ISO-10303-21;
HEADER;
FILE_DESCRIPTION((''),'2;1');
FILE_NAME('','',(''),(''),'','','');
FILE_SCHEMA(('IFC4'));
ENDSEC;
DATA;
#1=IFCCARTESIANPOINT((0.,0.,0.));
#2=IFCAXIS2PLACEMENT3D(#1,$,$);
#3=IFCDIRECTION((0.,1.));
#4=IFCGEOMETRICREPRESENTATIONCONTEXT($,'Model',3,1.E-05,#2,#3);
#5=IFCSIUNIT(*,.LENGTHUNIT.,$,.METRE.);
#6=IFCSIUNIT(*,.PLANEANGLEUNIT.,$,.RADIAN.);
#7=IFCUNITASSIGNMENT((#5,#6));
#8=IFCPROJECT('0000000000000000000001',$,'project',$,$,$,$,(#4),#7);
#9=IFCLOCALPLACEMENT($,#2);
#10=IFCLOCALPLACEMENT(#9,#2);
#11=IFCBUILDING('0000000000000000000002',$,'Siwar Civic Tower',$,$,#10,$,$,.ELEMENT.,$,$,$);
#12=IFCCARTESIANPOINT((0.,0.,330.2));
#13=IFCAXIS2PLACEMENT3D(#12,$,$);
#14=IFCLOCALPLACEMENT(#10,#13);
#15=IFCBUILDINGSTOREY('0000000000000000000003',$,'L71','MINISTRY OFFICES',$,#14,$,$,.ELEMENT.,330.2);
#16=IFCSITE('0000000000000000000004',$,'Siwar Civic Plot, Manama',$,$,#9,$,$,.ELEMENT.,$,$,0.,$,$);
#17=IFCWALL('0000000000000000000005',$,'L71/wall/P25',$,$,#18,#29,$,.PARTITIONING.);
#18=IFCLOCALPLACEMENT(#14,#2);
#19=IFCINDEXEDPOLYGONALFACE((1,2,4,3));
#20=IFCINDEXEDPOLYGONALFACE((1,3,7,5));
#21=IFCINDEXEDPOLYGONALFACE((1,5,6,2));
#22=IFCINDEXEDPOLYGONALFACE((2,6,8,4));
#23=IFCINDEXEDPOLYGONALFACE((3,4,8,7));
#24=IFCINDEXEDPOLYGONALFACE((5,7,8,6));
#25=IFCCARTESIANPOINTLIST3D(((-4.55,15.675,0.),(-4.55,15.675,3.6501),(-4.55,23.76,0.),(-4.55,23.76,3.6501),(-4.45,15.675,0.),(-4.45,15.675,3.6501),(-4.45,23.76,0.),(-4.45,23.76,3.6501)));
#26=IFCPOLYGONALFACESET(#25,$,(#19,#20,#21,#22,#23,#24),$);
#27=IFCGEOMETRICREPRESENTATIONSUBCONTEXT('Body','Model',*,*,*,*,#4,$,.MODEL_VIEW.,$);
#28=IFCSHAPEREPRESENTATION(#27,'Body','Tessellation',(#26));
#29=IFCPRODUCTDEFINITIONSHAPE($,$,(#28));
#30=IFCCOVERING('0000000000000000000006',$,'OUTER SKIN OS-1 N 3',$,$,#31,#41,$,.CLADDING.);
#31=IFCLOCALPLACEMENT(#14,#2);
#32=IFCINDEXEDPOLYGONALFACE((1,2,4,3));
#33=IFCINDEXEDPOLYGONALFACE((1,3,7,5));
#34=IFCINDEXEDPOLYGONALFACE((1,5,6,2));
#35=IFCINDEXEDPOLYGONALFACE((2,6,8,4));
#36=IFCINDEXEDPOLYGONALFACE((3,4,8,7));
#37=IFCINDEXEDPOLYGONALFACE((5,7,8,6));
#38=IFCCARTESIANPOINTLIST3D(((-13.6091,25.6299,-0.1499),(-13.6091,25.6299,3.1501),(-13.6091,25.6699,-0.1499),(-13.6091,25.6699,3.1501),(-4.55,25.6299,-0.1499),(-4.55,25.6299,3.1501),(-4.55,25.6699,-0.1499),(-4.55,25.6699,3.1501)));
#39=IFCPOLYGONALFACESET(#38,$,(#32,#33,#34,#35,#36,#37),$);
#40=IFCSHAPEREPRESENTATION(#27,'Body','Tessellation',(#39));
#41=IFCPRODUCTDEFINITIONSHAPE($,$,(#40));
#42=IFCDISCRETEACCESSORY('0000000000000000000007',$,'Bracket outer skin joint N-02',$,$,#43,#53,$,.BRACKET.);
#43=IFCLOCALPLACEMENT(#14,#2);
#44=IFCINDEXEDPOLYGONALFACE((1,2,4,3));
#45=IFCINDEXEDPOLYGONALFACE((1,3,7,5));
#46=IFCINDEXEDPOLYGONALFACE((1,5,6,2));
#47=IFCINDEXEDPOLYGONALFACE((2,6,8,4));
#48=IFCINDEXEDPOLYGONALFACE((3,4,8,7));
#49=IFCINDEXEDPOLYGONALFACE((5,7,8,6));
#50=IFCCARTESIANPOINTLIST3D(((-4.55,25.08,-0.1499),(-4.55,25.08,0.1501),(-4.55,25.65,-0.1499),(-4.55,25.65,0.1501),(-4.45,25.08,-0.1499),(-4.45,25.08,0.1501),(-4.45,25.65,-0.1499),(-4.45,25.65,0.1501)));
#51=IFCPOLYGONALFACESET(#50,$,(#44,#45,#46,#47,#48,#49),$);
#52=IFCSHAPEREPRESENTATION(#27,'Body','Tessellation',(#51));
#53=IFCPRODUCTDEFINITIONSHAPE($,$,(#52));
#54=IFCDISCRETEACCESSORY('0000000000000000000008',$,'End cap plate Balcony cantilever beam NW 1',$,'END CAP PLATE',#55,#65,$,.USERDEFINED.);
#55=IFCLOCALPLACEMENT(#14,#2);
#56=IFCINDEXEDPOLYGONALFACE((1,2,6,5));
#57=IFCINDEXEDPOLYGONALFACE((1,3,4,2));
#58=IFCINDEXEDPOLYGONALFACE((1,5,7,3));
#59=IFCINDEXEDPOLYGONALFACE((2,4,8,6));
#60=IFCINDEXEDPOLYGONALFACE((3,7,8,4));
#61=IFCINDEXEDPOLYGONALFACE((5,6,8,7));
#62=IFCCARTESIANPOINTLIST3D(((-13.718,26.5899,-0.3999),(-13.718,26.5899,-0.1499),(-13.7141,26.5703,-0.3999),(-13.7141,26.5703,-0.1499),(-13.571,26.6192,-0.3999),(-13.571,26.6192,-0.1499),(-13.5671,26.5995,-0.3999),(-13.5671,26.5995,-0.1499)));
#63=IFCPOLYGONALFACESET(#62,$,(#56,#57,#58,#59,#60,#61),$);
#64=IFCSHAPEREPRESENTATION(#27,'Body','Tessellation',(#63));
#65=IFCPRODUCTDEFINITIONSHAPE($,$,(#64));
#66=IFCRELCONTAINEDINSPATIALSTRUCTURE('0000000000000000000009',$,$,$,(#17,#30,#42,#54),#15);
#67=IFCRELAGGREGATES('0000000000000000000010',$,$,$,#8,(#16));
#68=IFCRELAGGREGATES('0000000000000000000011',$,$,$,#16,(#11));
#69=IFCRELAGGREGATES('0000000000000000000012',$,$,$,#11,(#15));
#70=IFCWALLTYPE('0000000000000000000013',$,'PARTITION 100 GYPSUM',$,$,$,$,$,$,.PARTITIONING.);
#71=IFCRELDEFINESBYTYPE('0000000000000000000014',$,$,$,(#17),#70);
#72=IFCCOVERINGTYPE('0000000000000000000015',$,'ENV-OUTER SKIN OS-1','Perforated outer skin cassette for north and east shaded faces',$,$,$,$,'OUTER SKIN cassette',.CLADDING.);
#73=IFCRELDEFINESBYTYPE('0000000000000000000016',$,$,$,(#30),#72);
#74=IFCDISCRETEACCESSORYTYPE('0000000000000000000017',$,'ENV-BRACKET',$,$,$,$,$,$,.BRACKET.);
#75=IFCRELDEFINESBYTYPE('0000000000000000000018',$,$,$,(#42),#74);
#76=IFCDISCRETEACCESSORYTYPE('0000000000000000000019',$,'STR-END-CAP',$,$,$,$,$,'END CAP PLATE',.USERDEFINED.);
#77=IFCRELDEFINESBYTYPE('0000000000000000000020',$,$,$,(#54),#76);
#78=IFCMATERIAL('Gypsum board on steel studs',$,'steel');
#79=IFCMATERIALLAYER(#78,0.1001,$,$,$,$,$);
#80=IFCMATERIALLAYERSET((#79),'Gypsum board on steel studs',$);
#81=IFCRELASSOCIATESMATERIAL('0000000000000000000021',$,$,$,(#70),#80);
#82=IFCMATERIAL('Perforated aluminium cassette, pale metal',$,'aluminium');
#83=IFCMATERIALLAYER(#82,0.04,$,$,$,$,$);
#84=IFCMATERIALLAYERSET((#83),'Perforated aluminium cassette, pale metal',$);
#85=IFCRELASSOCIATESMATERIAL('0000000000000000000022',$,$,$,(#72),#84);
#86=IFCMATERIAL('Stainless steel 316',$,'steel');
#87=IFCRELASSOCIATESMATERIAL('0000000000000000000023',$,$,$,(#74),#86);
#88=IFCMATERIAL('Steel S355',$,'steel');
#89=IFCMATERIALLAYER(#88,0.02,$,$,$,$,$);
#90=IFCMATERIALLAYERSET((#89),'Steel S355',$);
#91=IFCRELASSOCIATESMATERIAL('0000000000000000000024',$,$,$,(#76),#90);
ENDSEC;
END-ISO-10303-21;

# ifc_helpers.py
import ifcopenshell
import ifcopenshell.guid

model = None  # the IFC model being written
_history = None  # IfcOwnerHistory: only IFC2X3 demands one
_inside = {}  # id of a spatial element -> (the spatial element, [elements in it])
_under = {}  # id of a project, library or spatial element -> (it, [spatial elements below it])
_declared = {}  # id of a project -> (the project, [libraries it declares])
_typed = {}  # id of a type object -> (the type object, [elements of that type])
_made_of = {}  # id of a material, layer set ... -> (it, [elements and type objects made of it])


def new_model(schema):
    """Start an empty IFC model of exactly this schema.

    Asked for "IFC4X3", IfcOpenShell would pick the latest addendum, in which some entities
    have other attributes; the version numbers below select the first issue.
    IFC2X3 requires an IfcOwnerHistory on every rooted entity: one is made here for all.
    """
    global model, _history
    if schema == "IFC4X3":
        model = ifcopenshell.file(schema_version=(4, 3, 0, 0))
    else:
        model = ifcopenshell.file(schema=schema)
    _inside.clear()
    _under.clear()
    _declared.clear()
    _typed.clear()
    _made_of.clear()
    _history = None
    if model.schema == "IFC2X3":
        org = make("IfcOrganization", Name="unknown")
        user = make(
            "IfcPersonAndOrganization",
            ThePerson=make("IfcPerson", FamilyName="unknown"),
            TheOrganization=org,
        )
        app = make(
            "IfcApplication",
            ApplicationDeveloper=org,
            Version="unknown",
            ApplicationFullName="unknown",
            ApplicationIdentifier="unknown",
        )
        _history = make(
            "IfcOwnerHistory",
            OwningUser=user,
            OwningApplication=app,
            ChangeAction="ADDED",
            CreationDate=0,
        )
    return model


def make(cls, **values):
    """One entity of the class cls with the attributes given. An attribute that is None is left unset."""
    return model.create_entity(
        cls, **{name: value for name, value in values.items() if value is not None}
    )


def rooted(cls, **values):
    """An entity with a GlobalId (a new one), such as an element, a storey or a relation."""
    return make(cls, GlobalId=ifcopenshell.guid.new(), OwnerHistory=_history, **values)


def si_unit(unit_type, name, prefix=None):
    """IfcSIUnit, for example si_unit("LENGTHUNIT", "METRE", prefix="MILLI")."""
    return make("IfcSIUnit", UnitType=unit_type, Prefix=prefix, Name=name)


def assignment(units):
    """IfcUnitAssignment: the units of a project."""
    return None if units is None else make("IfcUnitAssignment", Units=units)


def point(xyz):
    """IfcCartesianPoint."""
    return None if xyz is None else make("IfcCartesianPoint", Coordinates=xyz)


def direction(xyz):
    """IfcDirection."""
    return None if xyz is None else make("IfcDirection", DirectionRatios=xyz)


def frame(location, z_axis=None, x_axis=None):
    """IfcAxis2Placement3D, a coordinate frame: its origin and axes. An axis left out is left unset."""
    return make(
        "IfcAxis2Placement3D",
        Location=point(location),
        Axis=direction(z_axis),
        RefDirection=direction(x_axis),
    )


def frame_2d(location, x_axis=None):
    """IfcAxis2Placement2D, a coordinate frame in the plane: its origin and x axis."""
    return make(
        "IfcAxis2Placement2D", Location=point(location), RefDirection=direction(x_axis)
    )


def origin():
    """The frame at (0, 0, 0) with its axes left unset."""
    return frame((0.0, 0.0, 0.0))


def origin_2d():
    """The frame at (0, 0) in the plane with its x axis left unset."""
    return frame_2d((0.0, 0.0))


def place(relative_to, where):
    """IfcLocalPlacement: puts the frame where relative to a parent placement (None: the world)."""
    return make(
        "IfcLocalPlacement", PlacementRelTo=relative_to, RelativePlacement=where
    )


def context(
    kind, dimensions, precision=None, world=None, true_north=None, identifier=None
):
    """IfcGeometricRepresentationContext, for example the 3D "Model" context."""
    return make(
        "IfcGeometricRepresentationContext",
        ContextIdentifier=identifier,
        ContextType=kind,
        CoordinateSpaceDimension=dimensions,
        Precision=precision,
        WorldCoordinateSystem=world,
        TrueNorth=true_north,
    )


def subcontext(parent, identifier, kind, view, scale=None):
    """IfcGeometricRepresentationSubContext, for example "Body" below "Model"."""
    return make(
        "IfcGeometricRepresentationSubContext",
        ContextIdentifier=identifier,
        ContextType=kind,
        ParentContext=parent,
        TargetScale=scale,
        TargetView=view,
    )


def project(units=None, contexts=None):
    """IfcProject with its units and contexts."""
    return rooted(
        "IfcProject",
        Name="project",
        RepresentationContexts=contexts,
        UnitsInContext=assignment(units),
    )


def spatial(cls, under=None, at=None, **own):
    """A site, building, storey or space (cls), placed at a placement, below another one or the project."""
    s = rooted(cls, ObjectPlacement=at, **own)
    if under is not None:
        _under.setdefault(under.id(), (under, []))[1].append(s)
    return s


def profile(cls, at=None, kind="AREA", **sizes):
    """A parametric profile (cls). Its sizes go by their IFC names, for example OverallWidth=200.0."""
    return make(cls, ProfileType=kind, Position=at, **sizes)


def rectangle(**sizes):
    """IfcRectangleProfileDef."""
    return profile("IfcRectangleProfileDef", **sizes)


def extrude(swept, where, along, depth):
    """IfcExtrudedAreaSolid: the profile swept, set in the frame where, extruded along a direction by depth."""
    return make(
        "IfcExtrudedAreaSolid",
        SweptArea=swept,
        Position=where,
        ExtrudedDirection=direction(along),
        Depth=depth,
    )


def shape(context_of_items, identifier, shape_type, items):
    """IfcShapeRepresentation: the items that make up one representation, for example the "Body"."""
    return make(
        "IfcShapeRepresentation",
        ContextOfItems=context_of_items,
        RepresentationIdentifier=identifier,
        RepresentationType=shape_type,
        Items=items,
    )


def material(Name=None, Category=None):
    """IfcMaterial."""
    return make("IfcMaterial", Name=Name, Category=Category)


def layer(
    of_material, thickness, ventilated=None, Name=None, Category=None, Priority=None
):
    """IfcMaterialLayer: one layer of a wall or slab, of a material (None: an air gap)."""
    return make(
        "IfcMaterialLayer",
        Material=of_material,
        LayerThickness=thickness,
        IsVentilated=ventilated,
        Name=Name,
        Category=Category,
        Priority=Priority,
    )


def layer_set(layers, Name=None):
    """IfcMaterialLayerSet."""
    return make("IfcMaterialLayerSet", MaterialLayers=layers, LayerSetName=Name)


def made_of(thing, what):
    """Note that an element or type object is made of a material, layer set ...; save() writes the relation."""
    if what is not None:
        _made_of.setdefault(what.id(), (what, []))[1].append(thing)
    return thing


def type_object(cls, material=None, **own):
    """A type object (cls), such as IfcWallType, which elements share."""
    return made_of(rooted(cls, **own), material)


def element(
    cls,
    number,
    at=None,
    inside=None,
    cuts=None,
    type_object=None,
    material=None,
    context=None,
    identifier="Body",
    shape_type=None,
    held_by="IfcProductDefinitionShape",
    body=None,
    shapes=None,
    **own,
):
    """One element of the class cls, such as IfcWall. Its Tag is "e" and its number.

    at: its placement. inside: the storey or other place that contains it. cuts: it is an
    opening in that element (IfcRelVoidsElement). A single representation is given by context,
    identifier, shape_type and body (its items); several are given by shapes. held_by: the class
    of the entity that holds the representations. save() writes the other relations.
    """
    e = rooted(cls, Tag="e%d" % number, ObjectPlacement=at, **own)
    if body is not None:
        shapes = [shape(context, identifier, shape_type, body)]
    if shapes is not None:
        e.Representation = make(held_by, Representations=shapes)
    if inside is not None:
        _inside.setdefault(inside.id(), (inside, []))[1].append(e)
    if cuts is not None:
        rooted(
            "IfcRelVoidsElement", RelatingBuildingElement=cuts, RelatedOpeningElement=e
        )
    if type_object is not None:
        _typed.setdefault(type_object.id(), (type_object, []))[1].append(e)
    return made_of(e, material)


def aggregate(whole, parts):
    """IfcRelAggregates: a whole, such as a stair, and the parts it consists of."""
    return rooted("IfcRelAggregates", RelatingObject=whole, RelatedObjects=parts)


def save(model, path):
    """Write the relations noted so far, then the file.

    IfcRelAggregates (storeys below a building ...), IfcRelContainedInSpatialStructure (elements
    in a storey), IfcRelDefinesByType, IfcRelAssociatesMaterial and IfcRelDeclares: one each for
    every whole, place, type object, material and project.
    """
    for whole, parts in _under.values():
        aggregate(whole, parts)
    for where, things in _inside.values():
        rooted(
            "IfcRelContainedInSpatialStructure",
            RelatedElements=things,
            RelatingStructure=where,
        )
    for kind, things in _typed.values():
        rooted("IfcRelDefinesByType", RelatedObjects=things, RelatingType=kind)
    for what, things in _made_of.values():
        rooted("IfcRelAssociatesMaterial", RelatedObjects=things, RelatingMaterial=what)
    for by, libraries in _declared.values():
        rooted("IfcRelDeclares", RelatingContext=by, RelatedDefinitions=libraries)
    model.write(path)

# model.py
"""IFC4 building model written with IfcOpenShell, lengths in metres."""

from ifc_helpers import new_model, si_unit, direction, frame, frame_2d, origin, origin_2d, place, context, subcontext, project, spatial, rectangle, extrude, material, layer, layer_set, type_object, element, save


model = new_model("IFC4")

# Units and contexts
model_context = context("Model", 3, precision=1e-05, world=origin(), true_north=direction((0.0, 1.0)))
body_context = subcontext(model_context, "Body", "Model", "MODEL_VIEW")
ifc_project = project(units=[si_unit("LENGTHUNIT", "METRE"), si_unit("PLANEANGLEUNIT", "RADIAN")], contexts=[model_context])

# Site, building, storey
site_placement = place(None, origin())
site = spatial("IfcSite", under=ifc_project, at=site_placement, Name="Siwar Civic Plot, Manama", CompositionType="ELEMENT", RefElevation=0.0)
building_placement = place(site_placement, origin())
building = spatial("IfcBuilding", under=site, at=building_placement, Name="Siwar Civic Tower", CompositionType="ELEMENT")
storey_placement = place(building_placement, frame((0.0, 0.0, 330.2)))
storey = spatial("IfcBuildingStorey", under=building, at=storey_placement, Name="L71", Description="MINISTRY OFFICES", CompositionType="ELEMENT", Elevation=330.2)

# Shared definitions
ifc_material_1 = material(Name="Gypsum board on steel studs", Category="steel")
ifc_layer_1 = layer(ifc_material_1, 0.1001)
ifc_layer_set_1 = layer_set([ifc_layer_1], Name="Gypsum board on steel studs")
wall_type = type_object("IfcWallType", Name="PARTITION 100 GYPSUM", PredefinedType="PARTITIONING", material=ifc_layer_set_1)

# Wall
wall_1_placement = place(storey_placement, frame((-4.5, 15.675, 0.0), z_axis=(0.0, 0.0, 1.0), x_axis=(0.0, 1.0, 0.0)))
element("IfcWall", 1, at=wall_1_placement, inside=storey, type_object=wall_type, Name="L71/wall/P25", PredefinedType="PARTITIONING", context=body_context, shape_type="SweptSolid", body=[
    extrude(rectangle(XDim=8.085, YDim=0.1001, at=frame_2d((4.0425, 0.0))), origin(), (0.0, 0.0, 1.0), 3.6501),
])

# Covering
ifc_material_2 = material(Name="Perforated aluminium cassette, pale metal", Category="aluminium")
ifc_layer_2 = layer(ifc_material_2, 0.04)
ifc_layer_set_2 = layer_set([ifc_layer_2], Name="Perforated aluminium cassette, pale metal")
covering_type = type_object("IfcCoveringType", Name="ENV-OUTER SKIN OS-1", Description="Perforated outer skin cassette for north and east shaded faces", ElementType="OUTER SKIN cassette", PredefinedType="CLADDING", material=ifc_layer_set_2)
covering_placement = place(storey_placement, frame((-9.0796, 25.6499, -0.1499), z_axis=(0.0, 0.0, 1.0), x_axis=(-1.0, 0.0, 0.0)))
element("IfcCovering", 2, at=covering_placement, inside=storey, type_object=covering_type, Name="OUTER SKIN OS-1 N 3", PredefinedType="CLADDING", context=body_context, shape_type="SweptSolid", body=[
    extrude(rectangle(XDim=9.0591, YDim=0.04, at=origin_2d()), origin(), (0.0, 0.0, 1.0), 3.3),
])

# Discrete accessories
ifc_material_3 = material(Name="Stainless steel 316", Category="steel")
discrete_accessory_type_1 = type_object("IfcDiscreteAccessoryType", Name="ENV-BRACKET", PredefinedType="BRACKET", material=ifc_material_3)
discrete_accessory_1_placement = place(storey_placement, frame((-4.5, 25.365, -0.1499), z_axis=(0.0, 0.0, 1.0), x_axis=(0.0, 1.0, 0.0)))
element("IfcDiscreteAccessory", 3, at=discrete_accessory_1_placement, inside=storey, type_object=discrete_accessory_type_1, Name="Bracket outer skin joint N-02", PredefinedType="BRACKET", context=body_context, shape_type="SweptSolid", body=[
    extrude(rectangle(XDim=0.5701, YDim=0.1001, at=origin_2d()), origin(), (0.0, 0.0, 1.0), 0.3),
])
ifc_material_4 = material(Name="Steel S355", Category="steel")
ifc_layer_3 = layer(ifc_material_4, 0.02)
ifc_layer_set_3 = layer_set([ifc_layer_3], Name="Steel S355")
discrete_accessory_type_2 = type_object("IfcDiscreteAccessoryType", Name="STR-END-CAP", ElementType="END CAP PLATE", PredefinedType="USERDEFINED", material=ifc_layer_set_3)
discrete_accessory_2_placement = place(storey_placement, frame((-13.6426, 26.5947, -0.3999), z_axis=(0.0, 0.0, 1.0), x_axis=(-0.19509, 0.980785, 0.0)))
element("IfcDiscreteAccessory", 4, at=discrete_accessory_2_placement, inside=storey, type_object=discrete_accessory_type_2, Name="End cap plate Balcony cantilever beam NW 1", ObjectType="END CAP PLATE", PredefinedType="USERDEFINED", context=body_context, shape_type="SweptSolid", body=[
    extrude(rectangle(XDim=0.02, YDim=0.1499, at=origin_2d()), origin(), (0.0, 0.0, 1.0), 0.25),
])

save(model, "model.ifc")
